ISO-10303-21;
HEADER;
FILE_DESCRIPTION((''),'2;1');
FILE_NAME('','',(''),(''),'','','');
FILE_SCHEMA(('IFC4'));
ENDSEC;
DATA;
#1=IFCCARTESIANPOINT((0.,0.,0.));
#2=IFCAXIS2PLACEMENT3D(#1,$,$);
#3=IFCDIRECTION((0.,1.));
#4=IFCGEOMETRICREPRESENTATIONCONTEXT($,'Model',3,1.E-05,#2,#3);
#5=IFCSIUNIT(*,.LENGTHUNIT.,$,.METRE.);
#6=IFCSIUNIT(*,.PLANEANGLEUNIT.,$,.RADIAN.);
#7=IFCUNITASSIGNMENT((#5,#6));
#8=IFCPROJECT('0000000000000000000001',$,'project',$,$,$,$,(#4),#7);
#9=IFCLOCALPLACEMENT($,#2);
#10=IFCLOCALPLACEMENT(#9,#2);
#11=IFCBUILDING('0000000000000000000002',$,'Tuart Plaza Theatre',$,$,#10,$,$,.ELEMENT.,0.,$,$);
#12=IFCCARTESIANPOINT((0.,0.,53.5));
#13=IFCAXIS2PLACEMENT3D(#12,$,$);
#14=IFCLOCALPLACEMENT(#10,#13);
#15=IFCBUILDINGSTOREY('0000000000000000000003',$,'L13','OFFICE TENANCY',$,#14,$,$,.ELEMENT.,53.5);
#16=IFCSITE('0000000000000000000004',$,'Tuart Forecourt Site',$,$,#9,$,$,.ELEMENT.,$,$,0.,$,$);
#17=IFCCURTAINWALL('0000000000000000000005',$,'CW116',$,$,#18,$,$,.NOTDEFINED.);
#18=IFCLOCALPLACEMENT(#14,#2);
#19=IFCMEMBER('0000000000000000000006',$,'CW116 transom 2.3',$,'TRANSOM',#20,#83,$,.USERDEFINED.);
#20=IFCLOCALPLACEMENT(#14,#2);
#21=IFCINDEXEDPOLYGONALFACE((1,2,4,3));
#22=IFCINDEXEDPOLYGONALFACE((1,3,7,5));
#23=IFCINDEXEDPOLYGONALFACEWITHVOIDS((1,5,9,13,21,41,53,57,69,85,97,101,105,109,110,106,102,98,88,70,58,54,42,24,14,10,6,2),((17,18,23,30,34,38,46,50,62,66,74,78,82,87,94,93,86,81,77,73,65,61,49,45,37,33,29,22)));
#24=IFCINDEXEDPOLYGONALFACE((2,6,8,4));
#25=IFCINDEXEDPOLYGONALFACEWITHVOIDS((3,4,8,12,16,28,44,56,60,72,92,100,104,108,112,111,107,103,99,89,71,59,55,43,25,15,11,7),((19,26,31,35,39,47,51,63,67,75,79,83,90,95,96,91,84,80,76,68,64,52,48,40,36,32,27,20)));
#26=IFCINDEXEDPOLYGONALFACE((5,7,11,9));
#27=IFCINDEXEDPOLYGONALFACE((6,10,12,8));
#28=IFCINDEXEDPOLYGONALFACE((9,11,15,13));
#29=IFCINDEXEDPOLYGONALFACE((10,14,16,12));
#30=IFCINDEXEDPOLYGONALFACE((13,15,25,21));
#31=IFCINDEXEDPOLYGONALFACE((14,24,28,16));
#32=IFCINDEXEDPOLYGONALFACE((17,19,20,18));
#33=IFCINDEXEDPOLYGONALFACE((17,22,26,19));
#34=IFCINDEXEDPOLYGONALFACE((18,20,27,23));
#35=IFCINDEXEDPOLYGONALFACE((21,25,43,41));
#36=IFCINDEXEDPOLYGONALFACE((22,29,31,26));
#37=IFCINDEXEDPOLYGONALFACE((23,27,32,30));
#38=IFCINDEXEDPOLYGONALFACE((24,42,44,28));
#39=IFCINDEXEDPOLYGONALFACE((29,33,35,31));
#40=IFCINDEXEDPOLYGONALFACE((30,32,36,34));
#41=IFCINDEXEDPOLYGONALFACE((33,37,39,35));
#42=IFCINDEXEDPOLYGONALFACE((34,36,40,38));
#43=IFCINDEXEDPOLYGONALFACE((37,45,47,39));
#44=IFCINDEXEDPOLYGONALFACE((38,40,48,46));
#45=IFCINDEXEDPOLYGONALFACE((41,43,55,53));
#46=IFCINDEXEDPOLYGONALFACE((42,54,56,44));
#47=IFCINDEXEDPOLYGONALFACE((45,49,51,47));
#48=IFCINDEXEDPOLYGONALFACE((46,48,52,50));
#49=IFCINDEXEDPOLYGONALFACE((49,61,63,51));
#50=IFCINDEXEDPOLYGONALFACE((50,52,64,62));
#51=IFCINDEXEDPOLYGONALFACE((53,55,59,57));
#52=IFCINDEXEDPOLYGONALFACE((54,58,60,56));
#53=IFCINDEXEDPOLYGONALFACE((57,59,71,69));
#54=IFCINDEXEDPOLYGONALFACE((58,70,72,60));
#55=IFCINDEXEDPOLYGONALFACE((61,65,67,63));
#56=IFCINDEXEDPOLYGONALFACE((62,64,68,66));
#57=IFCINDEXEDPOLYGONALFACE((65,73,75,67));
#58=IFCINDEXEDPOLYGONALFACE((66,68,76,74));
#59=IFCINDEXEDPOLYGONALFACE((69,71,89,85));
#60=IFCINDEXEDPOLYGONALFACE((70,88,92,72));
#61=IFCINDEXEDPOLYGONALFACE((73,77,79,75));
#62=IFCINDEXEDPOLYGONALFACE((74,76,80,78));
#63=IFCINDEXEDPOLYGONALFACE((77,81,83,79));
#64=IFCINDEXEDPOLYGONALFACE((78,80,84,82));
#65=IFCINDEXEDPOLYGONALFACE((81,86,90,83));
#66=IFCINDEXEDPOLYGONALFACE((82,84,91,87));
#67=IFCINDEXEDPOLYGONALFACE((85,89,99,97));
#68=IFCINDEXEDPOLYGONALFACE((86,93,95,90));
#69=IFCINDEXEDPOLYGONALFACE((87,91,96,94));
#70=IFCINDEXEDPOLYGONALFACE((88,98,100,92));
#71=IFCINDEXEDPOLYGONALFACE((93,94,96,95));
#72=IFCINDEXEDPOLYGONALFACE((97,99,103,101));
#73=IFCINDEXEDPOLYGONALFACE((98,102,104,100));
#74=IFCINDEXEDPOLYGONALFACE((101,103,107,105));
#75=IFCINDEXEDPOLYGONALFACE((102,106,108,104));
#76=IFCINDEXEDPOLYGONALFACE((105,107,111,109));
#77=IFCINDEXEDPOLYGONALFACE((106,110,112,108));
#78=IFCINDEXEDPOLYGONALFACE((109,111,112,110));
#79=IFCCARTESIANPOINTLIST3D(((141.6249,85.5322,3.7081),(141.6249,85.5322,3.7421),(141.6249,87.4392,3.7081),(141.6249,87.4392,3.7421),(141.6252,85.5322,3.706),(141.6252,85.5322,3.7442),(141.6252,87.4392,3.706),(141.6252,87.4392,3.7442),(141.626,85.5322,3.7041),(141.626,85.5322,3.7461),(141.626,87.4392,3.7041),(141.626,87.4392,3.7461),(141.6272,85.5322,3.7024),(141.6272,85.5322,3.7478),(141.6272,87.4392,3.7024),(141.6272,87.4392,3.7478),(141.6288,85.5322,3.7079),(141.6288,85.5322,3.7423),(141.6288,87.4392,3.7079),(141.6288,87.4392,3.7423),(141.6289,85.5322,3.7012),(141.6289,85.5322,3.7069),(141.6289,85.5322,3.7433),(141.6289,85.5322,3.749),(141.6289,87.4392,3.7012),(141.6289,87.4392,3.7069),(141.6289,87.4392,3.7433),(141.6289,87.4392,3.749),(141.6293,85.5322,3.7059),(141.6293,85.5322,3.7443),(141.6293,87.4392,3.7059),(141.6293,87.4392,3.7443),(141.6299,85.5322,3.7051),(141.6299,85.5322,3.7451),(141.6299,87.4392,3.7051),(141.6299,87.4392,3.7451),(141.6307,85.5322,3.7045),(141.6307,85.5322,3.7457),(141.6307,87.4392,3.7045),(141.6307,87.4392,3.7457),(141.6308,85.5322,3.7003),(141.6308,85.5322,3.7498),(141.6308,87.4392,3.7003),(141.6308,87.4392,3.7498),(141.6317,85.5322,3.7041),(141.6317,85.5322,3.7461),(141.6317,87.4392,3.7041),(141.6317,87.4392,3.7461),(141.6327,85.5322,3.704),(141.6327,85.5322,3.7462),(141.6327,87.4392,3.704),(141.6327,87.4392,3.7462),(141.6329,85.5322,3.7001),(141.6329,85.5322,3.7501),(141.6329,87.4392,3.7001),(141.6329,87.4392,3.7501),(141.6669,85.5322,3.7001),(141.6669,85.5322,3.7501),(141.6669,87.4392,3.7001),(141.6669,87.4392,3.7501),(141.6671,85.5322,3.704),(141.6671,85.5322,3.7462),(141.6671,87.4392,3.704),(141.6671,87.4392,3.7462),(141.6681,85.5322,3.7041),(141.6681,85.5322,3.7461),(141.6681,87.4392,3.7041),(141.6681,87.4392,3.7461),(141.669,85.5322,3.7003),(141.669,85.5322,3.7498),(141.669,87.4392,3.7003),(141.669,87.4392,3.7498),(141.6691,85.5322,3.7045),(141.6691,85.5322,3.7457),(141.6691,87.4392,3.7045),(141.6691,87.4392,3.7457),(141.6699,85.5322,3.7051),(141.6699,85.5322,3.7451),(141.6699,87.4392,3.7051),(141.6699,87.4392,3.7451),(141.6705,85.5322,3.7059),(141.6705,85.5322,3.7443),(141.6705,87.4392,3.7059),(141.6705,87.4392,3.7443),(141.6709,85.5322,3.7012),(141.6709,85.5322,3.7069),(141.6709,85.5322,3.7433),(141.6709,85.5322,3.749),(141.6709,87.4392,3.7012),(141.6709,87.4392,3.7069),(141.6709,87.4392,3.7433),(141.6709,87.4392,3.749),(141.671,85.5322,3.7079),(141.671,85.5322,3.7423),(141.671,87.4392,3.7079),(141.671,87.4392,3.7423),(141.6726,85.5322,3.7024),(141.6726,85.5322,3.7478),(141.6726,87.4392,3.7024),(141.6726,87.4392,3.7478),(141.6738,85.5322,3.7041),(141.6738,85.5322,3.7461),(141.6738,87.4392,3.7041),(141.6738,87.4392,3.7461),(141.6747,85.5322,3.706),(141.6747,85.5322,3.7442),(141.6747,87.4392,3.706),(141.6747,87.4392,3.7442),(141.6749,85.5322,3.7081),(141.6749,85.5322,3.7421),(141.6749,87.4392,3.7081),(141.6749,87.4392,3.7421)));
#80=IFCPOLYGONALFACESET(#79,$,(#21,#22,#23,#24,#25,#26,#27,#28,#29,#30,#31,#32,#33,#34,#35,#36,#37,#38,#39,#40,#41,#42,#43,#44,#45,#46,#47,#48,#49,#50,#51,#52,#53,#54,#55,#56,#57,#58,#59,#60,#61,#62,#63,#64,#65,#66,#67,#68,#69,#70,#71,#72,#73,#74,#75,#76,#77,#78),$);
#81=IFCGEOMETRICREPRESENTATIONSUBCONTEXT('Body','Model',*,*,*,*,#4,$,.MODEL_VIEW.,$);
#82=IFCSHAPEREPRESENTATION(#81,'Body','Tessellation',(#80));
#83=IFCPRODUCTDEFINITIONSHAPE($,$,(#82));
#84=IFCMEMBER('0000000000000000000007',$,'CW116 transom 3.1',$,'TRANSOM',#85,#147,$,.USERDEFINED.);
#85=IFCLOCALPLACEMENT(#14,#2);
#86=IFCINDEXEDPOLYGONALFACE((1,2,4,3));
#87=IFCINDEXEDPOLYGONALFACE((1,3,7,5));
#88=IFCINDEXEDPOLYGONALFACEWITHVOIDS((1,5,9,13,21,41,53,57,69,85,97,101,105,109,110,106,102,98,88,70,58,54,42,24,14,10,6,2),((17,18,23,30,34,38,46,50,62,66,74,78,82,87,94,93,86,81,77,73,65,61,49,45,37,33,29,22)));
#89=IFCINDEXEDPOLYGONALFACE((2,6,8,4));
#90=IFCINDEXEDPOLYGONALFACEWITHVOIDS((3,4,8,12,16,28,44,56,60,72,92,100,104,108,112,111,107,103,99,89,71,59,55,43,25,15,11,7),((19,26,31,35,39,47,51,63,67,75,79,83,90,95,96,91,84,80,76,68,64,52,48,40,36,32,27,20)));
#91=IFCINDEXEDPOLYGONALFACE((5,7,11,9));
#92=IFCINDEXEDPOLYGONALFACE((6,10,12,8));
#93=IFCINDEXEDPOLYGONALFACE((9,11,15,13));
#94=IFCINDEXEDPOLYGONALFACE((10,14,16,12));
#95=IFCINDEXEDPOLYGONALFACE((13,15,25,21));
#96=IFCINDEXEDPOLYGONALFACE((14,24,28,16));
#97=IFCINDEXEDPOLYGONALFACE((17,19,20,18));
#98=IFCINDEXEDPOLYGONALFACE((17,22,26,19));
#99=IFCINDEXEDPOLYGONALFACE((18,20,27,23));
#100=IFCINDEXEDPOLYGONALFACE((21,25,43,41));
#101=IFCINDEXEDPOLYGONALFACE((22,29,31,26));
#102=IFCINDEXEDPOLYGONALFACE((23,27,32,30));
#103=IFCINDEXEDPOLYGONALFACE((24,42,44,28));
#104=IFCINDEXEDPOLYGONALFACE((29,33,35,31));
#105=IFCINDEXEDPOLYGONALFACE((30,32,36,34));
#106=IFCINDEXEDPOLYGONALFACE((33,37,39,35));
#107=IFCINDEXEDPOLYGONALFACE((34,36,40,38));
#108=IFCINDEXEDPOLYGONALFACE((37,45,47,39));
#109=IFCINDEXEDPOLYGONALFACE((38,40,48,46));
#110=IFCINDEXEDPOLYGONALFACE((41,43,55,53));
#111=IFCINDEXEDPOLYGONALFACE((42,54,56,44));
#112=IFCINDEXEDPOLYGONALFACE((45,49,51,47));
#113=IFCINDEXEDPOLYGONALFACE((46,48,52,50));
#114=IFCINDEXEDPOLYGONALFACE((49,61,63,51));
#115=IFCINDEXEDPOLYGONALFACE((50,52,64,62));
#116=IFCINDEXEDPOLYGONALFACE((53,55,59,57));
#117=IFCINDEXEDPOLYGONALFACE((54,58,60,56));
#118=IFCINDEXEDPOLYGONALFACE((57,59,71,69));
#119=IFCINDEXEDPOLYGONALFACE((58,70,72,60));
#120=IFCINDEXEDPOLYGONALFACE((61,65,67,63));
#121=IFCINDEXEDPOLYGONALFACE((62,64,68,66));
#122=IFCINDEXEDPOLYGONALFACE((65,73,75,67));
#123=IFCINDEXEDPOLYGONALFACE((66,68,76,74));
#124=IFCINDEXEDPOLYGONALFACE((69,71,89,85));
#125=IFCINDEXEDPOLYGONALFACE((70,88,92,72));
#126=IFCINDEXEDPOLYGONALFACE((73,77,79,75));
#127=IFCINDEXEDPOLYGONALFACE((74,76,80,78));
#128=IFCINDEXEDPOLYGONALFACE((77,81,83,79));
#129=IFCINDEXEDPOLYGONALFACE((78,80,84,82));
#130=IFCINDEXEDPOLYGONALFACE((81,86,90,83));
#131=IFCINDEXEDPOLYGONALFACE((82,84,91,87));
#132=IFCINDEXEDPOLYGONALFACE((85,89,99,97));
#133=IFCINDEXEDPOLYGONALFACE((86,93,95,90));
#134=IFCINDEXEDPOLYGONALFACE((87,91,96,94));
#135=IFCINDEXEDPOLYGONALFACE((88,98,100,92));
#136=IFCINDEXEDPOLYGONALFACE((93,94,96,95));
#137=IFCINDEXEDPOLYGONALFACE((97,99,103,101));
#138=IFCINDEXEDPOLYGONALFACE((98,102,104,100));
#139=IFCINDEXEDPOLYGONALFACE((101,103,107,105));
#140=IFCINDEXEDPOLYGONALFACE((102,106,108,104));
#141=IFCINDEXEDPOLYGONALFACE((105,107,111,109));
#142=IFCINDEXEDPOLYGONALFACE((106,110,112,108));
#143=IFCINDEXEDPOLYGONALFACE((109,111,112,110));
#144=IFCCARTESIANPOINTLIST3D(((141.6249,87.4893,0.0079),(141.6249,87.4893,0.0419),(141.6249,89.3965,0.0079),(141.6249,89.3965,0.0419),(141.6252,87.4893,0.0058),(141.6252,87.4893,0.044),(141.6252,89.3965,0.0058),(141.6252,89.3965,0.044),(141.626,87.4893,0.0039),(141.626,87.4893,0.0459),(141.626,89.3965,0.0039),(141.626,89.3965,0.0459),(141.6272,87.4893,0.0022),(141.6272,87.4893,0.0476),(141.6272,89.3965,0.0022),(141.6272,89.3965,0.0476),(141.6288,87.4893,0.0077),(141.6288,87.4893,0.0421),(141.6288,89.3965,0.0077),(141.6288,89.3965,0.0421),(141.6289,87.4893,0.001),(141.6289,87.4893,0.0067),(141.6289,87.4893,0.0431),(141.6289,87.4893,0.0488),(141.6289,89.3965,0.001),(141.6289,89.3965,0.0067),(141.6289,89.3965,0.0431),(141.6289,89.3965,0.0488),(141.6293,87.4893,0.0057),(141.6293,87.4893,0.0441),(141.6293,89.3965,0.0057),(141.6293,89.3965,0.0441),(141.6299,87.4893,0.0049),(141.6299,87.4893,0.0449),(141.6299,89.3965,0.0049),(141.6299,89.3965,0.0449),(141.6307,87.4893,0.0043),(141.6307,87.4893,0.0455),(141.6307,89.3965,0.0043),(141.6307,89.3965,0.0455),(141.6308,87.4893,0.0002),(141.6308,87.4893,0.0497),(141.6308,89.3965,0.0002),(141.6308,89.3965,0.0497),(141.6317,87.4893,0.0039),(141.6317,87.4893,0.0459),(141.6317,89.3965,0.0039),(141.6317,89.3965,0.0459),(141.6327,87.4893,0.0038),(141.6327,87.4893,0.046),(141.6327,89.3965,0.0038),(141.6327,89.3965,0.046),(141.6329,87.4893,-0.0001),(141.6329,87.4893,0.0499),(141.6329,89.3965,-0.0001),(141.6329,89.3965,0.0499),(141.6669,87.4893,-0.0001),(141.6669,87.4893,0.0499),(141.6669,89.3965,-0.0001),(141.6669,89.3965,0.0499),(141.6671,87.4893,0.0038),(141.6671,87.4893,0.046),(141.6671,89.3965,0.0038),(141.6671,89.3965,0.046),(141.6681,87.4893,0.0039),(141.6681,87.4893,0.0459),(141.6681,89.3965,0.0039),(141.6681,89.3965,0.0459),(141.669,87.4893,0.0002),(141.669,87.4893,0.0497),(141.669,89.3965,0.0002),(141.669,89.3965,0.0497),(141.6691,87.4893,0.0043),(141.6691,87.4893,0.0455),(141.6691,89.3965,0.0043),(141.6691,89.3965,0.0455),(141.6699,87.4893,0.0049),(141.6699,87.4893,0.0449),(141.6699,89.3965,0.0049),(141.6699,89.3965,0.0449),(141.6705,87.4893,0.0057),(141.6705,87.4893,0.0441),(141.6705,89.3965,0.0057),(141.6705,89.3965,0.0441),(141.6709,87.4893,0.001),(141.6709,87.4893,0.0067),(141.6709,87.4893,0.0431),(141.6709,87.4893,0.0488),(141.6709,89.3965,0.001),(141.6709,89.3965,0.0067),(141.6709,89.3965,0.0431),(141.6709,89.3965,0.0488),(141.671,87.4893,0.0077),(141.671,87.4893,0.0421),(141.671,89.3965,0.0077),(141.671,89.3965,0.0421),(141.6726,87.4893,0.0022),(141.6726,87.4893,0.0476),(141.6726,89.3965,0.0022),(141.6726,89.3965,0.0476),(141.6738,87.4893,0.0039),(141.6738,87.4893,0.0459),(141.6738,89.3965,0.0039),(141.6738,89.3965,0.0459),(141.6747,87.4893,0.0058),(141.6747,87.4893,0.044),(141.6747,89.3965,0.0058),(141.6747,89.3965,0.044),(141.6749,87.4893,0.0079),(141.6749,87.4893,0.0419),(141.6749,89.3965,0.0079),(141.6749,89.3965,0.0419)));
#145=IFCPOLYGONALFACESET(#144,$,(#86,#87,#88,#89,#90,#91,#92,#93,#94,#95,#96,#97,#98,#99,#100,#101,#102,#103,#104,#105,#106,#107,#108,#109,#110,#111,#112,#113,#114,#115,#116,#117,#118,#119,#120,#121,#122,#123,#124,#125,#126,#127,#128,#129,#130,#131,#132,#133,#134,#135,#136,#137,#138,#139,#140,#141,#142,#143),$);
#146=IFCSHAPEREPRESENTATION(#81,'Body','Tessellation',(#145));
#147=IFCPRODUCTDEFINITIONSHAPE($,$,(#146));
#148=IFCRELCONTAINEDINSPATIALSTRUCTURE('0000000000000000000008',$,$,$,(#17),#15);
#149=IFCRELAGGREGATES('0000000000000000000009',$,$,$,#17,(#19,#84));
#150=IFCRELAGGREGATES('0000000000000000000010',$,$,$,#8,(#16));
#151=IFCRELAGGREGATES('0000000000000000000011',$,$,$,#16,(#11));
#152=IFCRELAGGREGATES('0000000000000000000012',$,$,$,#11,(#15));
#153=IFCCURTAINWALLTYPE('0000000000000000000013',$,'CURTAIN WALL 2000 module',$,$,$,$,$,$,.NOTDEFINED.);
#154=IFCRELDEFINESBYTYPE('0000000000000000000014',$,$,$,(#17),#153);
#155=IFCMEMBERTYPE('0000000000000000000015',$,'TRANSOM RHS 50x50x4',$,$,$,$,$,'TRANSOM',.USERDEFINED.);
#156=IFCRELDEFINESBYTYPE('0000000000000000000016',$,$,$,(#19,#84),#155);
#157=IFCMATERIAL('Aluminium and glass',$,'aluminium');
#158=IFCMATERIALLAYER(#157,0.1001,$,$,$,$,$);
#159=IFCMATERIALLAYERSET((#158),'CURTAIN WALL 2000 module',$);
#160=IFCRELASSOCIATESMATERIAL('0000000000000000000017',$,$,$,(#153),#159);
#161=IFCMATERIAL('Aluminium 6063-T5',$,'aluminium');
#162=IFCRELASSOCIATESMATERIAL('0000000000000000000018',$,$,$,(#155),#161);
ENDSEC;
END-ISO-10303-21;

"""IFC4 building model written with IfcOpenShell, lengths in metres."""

from ifc_helpers import new_model, si_unit, direction, frame, origin, origin_2d, place, context, subcontext, project, spatial, hollow_rectangle, extrude, material, layer, layer_set, material_profile, profile_set, type_object, element, aggregate, save


model = new_model("IFC4")

# Units and contexts
model_context = context("Model", 3, precision=1e-05, world=origin(), true_north=direction((0.0, 1.0)))
body_context = subcontext(model_context, "Body", "Model", "MODEL_VIEW")
ifc_project = project(units=[si_unit("LENGTHUNIT", "METRE"), si_unit("PLANEANGLEUNIT", "RADIAN")], contexts=[model_context])

# Site, building, storey
site_placement = place(None, origin())
site = spatial("IfcSite", under=ifc_project, at=site_placement, Name="Tuart Forecourt Site", CompositionType="ELEMENT", RefElevation=0.0)
building_placement = place(site_placement, origin())
building = spatial("IfcBuilding", under=site, at=building_placement, Name="Tuart Plaza Theatre", CompositionType="ELEMENT", ElevationOfRefHeight=0.0)
storey_placement = place(building_placement, frame((0.0, 0.0, 53.5)))
storey = spatial("IfcBuildingStorey", under=building, at=storey_placement, Name="L13", Description="OFFICE TENANCY", CompositionType="ELEMENT", Elevation=53.5)

# Curtain wall, members
ifc_material_1 = material(Name="Aluminium and glass", Category="aluminium")
ifc_layer_1 = layer(ifc_material_1, 0.1001)
ifc_layer_set_1 = layer_set([ifc_layer_1], Name="CURTAIN WALL 2000 module")
curtain_wall_type = type_object("IfcCurtainWallType", Name="CURTAIN WALL 2000 module", PredefinedType="NOTDEFINED", material=ifc_layer_set_1)
curtain_wall_placement = place(storey_placement, origin())
curtain_wall = element("IfcCurtainWall", 1, at=curtain_wall_placement, inside=storey, type_object=curtain_wall_type, Name="CW116", PredefinedType="NOTDEFINED")
ifc_material_2 = material(Name="Aluminium 6063-T5", Category="aluminium")
ifc_material_profile_1 = material_profile(ifc_material_2, hollow_rectangle(XDim=0.05, YDim=0.05, WallThickness=0.0039, InnerFilletRadius=0.0039, OuterFilletRadius=0.0081, at=origin_2d()), Name="RHS 50x50x4")
ifc_profile_set_1 = profile_set([ifc_material_profile_1], Name="Aluminium 6063-T5")
member_type_1 = type_object("IfcMemberType", Name="TRANSOM RHS 50x50x4", ElementType="TRANSOM", PredefinedType="USERDEFINED", material=ifc_profile_set_1)
member_1_placement = place(storey_placement, frame((141.6499, 85.5322, 3.7251), z_axis=(0.0, 1.0, 0.0), x_axis=(-1.0, 0.0, 0.0)))
member_1 = element("IfcMember", 2, at=member_1_placement, type_object=member_type_1, Name="CW116 transom 2.3", ObjectType="TRANSOM", PredefinedType="USERDEFINED", context=body_context, shape_type="SweptSolid", body=[
    extrude(hollow_rectangle(XDim=0.05, YDim=0.05, WallThickness=0.0039, InnerFilletRadius=0.0039, OuterFilletRadius=0.0081, at=origin_2d()), origin(), (0.0, 0.0, 1.0), 1.907),
])
member_2_placement = place(storey_placement, frame((141.6499, 87.4893, 0.0249), z_axis=(0.0, 1.0, 0.0), x_axis=(-1.0, 0.0, 0.0)))
member_2 = element("IfcMember", 3, at=member_2_placement, type_object=member_type_1, Name="CW116 transom 3.1", ObjectType="TRANSOM", PredefinedType="USERDEFINED", context=body_context, shape_type="SweptSolid", body=[
    extrude(hollow_rectangle(XDim=0.05, YDim=0.05, WallThickness=0.0039, InnerFilletRadius=0.0039, OuterFilletRadius=0.0081, at=origin_2d()), origin(), (0.0, 0.0, 1.0), 1.9072),
])
aggregate(curtain_wall, [member_1, member_2])

save(model, "model.ifc")
